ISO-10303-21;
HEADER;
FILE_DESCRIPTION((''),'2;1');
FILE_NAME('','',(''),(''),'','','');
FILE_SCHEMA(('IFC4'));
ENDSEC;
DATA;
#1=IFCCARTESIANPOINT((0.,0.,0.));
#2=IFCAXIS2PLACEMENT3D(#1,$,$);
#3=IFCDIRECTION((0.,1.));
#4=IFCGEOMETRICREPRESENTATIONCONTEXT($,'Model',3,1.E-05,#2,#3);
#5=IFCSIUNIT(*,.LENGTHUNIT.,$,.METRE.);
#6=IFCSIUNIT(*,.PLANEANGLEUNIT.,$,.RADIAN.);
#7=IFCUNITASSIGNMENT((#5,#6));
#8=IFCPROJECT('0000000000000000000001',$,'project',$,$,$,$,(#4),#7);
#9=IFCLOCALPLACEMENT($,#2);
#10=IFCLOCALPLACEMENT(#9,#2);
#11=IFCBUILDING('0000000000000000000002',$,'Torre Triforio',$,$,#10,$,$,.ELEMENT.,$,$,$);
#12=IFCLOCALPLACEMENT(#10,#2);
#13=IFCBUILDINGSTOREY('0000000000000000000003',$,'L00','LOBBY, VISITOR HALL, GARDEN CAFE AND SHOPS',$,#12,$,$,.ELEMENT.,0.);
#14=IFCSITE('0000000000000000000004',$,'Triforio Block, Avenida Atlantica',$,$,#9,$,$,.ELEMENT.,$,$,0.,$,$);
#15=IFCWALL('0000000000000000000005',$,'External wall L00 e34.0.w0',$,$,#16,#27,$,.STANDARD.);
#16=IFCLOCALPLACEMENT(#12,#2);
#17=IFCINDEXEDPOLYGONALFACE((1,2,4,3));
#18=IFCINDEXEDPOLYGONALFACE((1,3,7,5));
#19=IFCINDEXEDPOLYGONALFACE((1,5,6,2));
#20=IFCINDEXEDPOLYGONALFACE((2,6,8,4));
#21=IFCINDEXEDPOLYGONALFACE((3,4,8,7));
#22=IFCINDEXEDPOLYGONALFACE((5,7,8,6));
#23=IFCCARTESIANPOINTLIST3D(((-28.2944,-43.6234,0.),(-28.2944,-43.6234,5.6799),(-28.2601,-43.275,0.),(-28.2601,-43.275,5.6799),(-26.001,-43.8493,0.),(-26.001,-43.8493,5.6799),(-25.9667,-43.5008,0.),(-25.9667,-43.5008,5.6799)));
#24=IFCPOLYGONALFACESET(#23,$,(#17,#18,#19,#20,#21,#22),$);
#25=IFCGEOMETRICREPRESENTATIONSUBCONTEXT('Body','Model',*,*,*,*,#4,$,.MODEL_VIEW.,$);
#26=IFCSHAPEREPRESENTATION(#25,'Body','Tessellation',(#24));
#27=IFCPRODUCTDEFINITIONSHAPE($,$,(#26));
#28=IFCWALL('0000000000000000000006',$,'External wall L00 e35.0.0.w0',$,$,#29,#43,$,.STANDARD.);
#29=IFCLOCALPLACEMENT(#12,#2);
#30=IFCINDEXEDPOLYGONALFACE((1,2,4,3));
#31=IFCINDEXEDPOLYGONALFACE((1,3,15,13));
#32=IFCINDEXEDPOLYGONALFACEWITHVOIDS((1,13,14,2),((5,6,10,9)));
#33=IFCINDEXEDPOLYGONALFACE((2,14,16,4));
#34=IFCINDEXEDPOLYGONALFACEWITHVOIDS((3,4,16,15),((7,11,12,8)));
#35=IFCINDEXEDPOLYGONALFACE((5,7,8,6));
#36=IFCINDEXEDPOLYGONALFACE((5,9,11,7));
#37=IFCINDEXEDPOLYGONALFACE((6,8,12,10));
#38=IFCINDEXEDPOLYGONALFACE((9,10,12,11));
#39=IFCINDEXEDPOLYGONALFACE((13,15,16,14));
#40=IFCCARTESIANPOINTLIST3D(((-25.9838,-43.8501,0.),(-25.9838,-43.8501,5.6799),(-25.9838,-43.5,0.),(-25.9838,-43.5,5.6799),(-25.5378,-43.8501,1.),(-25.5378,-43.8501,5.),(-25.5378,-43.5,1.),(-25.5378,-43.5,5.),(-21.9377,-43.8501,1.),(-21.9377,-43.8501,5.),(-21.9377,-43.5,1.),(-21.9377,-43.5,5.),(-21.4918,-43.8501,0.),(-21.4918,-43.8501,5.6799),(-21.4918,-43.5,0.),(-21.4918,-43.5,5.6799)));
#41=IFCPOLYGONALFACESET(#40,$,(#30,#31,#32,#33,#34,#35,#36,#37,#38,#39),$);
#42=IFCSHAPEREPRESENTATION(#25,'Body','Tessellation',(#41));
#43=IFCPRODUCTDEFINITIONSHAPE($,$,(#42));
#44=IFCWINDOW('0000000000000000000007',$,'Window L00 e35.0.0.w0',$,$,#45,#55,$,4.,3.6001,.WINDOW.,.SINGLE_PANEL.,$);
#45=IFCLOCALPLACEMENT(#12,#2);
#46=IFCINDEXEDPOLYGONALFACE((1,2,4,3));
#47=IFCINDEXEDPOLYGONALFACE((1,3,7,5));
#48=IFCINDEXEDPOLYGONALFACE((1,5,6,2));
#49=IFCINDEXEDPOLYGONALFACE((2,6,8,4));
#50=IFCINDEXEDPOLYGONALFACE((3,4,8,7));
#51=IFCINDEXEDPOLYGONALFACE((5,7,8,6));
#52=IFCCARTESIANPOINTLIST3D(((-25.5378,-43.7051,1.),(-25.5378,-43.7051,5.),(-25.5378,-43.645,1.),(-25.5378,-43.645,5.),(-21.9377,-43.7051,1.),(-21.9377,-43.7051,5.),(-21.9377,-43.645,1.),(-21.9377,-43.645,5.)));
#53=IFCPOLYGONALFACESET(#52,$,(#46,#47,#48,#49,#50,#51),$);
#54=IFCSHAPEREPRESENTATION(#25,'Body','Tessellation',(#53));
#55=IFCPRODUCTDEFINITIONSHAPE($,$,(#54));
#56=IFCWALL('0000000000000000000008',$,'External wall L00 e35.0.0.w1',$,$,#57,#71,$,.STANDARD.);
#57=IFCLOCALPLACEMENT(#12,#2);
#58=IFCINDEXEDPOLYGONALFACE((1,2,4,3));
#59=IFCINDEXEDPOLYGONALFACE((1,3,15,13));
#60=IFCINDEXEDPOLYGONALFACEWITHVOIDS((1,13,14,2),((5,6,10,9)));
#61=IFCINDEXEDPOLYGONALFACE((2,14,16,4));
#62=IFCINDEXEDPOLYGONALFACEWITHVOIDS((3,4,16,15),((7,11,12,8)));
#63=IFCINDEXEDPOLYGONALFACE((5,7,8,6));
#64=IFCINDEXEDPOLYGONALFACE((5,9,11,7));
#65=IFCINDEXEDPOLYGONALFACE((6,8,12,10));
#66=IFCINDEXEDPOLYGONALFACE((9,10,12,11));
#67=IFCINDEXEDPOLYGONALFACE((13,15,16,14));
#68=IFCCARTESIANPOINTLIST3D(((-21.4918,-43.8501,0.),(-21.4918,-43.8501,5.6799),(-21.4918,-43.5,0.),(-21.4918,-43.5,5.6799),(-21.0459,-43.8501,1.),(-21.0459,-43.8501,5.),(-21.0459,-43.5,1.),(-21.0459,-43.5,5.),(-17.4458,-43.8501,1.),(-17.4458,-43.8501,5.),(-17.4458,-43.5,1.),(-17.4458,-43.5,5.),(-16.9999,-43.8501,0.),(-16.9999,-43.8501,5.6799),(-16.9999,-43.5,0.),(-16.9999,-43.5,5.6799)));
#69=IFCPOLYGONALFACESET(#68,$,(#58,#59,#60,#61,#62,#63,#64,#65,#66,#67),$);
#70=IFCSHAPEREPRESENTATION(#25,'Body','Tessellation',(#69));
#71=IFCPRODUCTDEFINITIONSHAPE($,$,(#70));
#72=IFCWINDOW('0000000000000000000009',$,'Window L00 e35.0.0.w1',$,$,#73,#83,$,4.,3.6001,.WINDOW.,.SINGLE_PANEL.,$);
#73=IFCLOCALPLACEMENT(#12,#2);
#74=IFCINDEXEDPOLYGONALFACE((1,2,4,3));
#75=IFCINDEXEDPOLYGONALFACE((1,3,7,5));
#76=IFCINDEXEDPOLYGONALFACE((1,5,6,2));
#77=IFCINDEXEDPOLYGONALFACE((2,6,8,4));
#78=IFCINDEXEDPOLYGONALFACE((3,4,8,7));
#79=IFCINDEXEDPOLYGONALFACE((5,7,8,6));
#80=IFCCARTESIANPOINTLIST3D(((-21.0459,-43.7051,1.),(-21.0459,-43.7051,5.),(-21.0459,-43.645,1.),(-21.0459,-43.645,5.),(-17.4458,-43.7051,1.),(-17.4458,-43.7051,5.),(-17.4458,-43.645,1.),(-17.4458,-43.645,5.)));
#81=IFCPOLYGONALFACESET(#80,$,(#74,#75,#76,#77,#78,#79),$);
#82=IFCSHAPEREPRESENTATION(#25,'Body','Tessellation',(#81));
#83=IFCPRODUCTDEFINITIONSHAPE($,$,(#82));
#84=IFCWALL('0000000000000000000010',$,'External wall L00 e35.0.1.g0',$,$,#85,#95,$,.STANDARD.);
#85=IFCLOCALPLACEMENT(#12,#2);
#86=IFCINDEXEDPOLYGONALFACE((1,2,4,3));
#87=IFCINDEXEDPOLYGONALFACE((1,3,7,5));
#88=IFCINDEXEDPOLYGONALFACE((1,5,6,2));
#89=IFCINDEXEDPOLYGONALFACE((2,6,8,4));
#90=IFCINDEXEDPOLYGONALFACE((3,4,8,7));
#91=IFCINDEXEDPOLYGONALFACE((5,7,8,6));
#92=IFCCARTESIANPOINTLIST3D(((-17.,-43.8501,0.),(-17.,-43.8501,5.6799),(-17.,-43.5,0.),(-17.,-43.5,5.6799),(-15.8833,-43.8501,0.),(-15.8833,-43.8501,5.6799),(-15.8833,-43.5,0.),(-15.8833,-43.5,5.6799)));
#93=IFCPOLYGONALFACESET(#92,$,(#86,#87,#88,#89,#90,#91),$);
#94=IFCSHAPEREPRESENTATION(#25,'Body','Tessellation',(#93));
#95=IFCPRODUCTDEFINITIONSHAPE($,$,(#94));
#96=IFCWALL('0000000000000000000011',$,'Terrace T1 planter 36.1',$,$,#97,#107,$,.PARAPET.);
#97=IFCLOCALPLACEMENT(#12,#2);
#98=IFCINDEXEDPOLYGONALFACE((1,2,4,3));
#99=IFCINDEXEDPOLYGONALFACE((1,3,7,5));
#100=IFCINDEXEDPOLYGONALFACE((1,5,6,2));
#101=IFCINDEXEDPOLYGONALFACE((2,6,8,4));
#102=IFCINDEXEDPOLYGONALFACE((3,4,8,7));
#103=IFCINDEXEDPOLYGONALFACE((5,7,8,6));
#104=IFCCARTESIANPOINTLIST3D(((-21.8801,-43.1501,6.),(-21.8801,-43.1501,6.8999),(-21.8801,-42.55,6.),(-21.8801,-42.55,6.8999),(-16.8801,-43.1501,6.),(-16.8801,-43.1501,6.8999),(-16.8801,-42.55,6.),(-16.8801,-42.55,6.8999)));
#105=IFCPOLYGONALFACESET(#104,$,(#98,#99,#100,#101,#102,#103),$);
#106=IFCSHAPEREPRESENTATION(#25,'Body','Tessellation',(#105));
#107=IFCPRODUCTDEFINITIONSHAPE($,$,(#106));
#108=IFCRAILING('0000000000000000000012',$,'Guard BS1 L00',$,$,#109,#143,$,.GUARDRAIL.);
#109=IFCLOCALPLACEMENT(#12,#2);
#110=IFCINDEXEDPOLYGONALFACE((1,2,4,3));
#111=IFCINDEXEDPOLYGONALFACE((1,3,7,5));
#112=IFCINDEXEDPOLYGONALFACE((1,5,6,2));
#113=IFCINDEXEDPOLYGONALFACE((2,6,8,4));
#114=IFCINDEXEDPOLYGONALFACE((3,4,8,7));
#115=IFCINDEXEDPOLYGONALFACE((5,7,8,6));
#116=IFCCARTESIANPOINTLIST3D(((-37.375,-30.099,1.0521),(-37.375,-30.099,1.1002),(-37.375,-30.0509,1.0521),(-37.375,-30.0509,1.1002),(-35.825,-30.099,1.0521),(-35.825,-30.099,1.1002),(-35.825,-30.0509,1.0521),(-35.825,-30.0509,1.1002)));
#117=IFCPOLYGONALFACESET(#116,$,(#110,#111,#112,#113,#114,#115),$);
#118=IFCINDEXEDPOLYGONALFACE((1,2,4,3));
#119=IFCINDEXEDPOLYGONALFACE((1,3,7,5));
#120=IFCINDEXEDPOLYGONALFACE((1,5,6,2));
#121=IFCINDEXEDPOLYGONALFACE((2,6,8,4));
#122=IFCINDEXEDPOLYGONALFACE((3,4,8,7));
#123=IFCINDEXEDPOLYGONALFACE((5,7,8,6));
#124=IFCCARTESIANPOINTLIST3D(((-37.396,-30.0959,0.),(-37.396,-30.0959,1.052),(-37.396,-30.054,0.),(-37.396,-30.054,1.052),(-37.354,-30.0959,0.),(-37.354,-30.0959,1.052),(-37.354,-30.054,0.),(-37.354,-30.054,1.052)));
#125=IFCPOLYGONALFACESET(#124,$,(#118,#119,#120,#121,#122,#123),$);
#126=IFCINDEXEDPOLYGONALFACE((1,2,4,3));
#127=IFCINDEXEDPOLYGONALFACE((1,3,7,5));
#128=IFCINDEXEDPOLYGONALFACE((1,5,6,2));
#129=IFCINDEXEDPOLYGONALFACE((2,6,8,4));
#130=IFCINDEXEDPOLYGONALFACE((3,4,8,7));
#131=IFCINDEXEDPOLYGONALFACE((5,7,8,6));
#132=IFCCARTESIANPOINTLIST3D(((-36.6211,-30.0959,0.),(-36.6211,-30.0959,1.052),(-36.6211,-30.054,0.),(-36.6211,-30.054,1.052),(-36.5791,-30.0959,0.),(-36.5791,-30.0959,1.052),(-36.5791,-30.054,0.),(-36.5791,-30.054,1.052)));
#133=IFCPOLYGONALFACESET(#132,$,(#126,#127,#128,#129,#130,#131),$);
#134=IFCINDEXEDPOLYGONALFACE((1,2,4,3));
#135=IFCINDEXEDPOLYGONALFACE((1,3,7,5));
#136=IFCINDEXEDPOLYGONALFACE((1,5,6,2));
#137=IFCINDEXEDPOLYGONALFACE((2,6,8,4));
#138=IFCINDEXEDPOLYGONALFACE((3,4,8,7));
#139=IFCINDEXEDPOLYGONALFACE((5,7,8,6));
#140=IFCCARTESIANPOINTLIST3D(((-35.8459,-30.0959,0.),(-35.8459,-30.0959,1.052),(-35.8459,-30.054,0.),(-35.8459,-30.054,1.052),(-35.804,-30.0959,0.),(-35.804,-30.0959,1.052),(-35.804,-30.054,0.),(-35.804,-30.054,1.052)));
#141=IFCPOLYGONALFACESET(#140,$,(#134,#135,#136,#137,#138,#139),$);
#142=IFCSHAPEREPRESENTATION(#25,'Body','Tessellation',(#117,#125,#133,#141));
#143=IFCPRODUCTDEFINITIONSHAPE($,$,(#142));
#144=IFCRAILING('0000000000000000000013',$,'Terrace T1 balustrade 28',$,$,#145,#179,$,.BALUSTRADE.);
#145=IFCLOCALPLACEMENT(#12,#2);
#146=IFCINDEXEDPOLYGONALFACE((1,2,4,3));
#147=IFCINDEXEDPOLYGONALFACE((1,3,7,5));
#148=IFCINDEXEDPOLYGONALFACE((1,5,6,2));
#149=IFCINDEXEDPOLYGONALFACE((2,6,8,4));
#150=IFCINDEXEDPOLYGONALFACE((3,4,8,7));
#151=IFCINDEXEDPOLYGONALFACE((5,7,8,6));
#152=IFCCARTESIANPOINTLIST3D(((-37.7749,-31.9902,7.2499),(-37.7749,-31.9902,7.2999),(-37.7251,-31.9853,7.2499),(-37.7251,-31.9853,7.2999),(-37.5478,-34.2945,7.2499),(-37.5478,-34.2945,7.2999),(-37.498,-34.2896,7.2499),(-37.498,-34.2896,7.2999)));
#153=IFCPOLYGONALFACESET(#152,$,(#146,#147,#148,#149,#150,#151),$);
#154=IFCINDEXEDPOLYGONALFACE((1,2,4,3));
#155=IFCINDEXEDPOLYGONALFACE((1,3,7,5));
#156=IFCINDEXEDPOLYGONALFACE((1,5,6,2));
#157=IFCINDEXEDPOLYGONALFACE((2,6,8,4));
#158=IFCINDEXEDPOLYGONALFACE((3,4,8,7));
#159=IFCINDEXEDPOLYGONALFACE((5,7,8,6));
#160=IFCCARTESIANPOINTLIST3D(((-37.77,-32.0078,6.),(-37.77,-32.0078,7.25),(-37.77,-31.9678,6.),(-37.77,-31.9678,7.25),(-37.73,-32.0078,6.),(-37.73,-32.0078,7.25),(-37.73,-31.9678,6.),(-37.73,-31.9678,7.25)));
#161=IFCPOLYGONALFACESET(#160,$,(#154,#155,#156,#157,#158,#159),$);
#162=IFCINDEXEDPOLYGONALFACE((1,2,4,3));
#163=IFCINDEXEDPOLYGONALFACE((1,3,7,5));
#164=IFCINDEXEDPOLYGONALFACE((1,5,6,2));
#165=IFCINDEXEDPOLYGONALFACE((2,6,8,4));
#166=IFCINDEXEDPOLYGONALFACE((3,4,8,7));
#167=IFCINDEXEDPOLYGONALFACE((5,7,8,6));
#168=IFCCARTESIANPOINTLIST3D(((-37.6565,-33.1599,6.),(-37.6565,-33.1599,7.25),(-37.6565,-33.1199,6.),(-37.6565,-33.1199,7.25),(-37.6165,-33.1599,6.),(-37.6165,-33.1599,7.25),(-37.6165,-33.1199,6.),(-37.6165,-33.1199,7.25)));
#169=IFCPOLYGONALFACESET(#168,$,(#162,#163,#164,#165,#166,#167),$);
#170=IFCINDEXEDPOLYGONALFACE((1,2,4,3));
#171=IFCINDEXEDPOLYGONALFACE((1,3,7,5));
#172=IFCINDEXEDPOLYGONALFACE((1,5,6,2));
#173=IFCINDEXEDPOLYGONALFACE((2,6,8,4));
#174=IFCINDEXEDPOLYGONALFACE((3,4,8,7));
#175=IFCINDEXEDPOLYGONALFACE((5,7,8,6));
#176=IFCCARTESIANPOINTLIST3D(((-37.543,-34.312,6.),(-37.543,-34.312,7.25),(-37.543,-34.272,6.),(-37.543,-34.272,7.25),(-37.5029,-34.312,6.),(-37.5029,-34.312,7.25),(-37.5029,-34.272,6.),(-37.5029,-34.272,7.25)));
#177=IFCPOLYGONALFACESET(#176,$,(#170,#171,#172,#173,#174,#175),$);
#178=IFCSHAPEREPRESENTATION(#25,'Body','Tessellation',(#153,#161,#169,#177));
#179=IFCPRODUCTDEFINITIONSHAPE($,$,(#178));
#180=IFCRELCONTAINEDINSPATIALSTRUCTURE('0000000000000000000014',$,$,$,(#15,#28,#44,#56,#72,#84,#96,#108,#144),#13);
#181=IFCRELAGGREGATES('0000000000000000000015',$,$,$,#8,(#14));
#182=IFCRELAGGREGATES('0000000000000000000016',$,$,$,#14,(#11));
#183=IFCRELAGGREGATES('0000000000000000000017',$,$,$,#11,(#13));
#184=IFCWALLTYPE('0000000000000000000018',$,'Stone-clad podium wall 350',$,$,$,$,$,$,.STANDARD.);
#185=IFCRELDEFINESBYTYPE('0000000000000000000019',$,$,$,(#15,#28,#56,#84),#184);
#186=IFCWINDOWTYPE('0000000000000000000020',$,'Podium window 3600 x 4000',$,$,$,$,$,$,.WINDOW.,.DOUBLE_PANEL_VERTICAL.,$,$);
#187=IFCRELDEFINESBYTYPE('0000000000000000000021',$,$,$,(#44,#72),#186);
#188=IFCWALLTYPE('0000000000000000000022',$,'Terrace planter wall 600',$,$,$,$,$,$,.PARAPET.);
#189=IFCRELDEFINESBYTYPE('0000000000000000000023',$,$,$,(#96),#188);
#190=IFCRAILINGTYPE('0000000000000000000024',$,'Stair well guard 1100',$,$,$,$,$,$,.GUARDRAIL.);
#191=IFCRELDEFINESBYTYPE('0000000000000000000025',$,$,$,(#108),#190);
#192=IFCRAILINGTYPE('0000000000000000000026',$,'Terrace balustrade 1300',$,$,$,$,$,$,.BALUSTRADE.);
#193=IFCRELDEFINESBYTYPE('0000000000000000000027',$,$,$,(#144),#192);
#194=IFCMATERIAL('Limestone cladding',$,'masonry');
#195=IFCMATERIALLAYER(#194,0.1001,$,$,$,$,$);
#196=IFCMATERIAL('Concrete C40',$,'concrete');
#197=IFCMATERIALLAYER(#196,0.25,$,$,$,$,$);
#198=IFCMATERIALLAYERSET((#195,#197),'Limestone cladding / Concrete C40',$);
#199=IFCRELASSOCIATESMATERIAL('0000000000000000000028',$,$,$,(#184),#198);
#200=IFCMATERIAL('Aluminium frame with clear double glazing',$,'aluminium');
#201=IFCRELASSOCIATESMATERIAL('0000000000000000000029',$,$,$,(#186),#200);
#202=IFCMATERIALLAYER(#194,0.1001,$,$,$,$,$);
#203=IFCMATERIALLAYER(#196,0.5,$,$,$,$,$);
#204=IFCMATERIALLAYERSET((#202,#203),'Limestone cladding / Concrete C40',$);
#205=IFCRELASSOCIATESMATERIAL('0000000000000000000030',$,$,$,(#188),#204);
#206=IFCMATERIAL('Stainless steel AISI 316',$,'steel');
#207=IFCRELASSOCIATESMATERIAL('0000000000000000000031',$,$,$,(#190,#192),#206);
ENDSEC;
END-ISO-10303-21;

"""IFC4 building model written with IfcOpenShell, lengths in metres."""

from ifc_helpers import new_model, si_unit, direction, frame, frame_2d, origin, origin_2d, place, context, subcontext, project, spatial, rectangle, extrude, material, layer, layer_set, type_object, element, fill, save


model = new_model("IFC4")

# Units and contexts
model_context = context("Model", 3, precision=1e-05, world=origin(), true_north=direction((0.0, 1.0)))
body_context = subcontext(model_context, "Body", "Model", "MODEL_VIEW")
ifc_project = project(units=[si_unit("LENGTHUNIT", "METRE"), si_unit("PLANEANGLEUNIT", "RADIAN")], contexts=[model_context])

# Site, building, storey
site_placement = place(None, origin())
site = spatial("IfcSite", under=ifc_project, at=site_placement, Name="Triforio Block, Avenida Atlantica", CompositionType="ELEMENT", RefElevation=0.0)
building_placement = place(site_placement, origin())
building = spatial("IfcBuilding", under=site, at=building_placement, Name="Torre Triforio", CompositionType="ELEMENT")
storey_placement = place(building_placement, origin())
storey = spatial("IfcBuildingStorey", under=building, at=storey_placement, Name="L00", Description="LOBBY, VISITOR HALL, GARDEN CAFE AND SHOPS", CompositionType="ELEMENT", Elevation=0.0)

# Wall
ifc_material_1 = material(Name="Concrete C40", Category="concrete")
ifc_material_2 = material(Name="Limestone cladding", Category="masonry")
ifc_layer_1 = layer(ifc_material_2, 0.1001)
ifc_layer_2 = layer(ifc_material_1, 0.25)
ifc_layer_set_1 = layer_set([ifc_layer_1, ifc_layer_2], Name="Limestone cladding / Concrete C40")
wall_type_1 = type_object("IfcWallType", Name="Stone-clad podium wall 350", PredefinedType="STANDARD", material=ifc_layer_set_1)
wall_1_placement = place(storey_placement, frame((-28.2773, -43.4492, 0.0), z_axis=(0.0, 0.0, 1.0), x_axis=(0.995187, -0.097993, 0.0)))
element("IfcWall", 1, at=wall_1_placement, inside=storey, type_object=wall_type_1, Name="External wall L00 e34.0.w0", PredefinedType="STANDARD", context=body_context, shape_type="SweptSolid", body=[
    extrude(rectangle(XDim=2.3044, YDim=0.3501, at=frame_2d((1.1523, 0.0))), origin(), (0.0, 0.0, 1.0), 5.6799),
])

# Walls, openings, windows
wall_2_placement = place(storey_placement, frame((-25.9839, -43.675, 0.0), z_axis=(0.0, 0.0, 1.0), x_axis=(1.0, 0.0, 0.0)))
wall_2 = element("IfcWall", 2, at=wall_2_placement, inside=storey, type_object=wall_type_1, Name="External wall L00 e35.0.0.w0", PredefinedType="STANDARD", context=body_context, shape_type="SweptSolid", body=[
    extrude(rectangle(XDim=4.4919, YDim=0.3501, at=frame_2d((2.2461, 0.0))), origin(), (0.0, 0.0, 1.0), 5.6799),
])
opening_1_placement = place(wall_2_placement, frame((0.446, 0.0, 1.0)))
opening_1 = element("IfcOpeningElement", 3, at=opening_1_placement, cuts=wall_2, PredefinedType="OPENING", context=body_context, shape_type="SweptSolid", body=[
    extrude(rectangle(XDim=3.6001, YDim=4.0, at=frame_2d((1.8, 2.0))), frame((0.0, 0.1851, 0.0), z_axis=(0.0, -1.0, 0.0), x_axis=(1.0, 0.0, 0.0)), (0.0, 0.0, 1.0), 0.3701),
])
ifc_material_3 = material(Name="Aluminium frame with clear double glazing", Category="aluminium")
window_type = type_object("IfcWindowType", Name="Podium window 3600 x 4000", PartitioningType="DOUBLE_PANEL_VERTICAL", PredefinedType="WINDOW", material=ifc_material_3)
window_1_placement = place(opening_1_placement, origin())
window_1 = element("IfcWindow", 4, at=window_1_placement, inside=storey, type_object=window_type, Name="Window L00 e35.0.0.w0", OverallHeight=4.0, OverallWidth=3.6001, PartitioningType="SINGLE_PANEL", PredefinedType="WINDOW", context=body_context, shape_type="SweptSolid", body=[
    extrude(rectangle(XDim=3.6001, YDim=4.0, at=frame_2d((1.8, 2.0))), frame((0.0, 0.03, 0.0), z_axis=(0.0, -1.0, 0.0), x_axis=(1.0, 0.0, 0.0)), (0.0, 0.0, 1.0), 0.0601),
])
fill(opening_1, window_1)
wall_3_placement = place(storey_placement, frame((-21.4919, -43.675, 0.0), z_axis=(0.0, 0.0, 1.0), x_axis=(1.0, 0.0, 0.0)))
wall_3 = element("IfcWall", 5, at=wall_3_placement, inside=storey, type_object=wall_type_1, Name="External wall L00 e35.0.0.w1", PredefinedType="STANDARD", context=body_context, shape_type="SweptSolid", body=[
    extrude(rectangle(XDim=4.4919, YDim=0.3501, at=frame_2d((2.2461, 0.0))), origin(), (0.0, 0.0, 1.0), 5.6799),
])
opening_2_placement = place(wall_3_placement, frame((0.446, 0.0, 1.0)))
opening_2 = element("IfcOpeningElement", 6, at=opening_2_placement, cuts=wall_3, PredefinedType="OPENING", context=body_context, shape_type="SweptSolid", body=[
    extrude(rectangle(XDim=3.6001, YDim=4.0, at=frame_2d((1.8, 2.0))), frame((0.0, 0.1851, 0.0), z_axis=(0.0, -1.0, 0.0), x_axis=(1.0, 0.0, 0.0)), (0.0, 0.0, 1.0), 0.3701),
])
window_2_placement = place(opening_2_placement, origin())
window_2 = element("IfcWindow", 7, at=window_2_placement, inside=storey, type_object=window_type, Name="Window L00 e35.0.0.w1", OverallHeight=4.0, OverallWidth=3.6001, PartitioningType="SINGLE_PANEL", PredefinedType="WINDOW", context=body_context, shape_type="SweptSolid", body=[
    extrude(rectangle(XDim=3.6001, YDim=4.0, at=frame_2d((1.8, 2.0))), frame((0.0, 0.03, 0.0), z_axis=(0.0, -1.0, 0.0), x_axis=(1.0, 0.0, 0.0)), (0.0, 0.0, 1.0), 0.0601),
])
fill(opening_2, window_2)

# Walls
wall_4_placement = place(storey_placement, frame((-17.0, -43.675, 0.0), z_axis=(0.0, 0.0, 1.0), x_axis=(1.0, 0.0, 0.0)))
element("IfcWall", 8, at=wall_4_placement, inside=storey, type_object=wall_type_1, Name="External wall L00 e35.0.1.g0", PredefinedType="STANDARD", context=body_context, shape_type="SweptSolid", body=[
    extrude(rectangle(XDim=1.1167, YDim=0.3501, at=frame_2d((0.5583, 0.0))), origin(), (0.0, 0.0, 1.0), 5.6799),
])
ifc_layer_3 = layer(ifc_material_2, 0.1001)
ifc_layer_4 = layer(ifc_material_1, 0.5)
ifc_layer_set_2 = layer_set([ifc_layer_3, ifc_layer_4], Name="Limestone cladding / Concrete C40")
wall_type_2 = type_object("IfcWallType", Name="Terrace planter wall 600", PredefinedType="PARAPET", material=ifc_layer_set_2)
wall_5_placement = place(storey_placement, frame((-21.8801, -42.8501, 6.0), z_axis=(0.0, 0.0, 1.0), x_axis=(1.0, 0.0, 0.0)))
element("IfcWall", 9, at=wall_5_placement, inside=storey, type_object=wall_type_2, Name="Terrace T1 planter 36.1", PredefinedType="PARAPET", context=body_context, shape_type="SweptSolid", body=[
    extrude(rectangle(XDim=5.0, YDim=0.6001, at=frame_2d((2.5, 0.0))), origin(), (0.0, 0.0, 1.0), 0.8999),
])

# Railings
ifc_material_4 = material(Name="Stainless steel AISI 316", Category="steel")
railing_type_1 = type_object("IfcRailingType", Name="Stair well guard 1100", PredefinedType="GUARDRAIL", material=ifc_material_4)
railing_1_placement = place(storey_placement, frame((-37.375, -30.075, 0.0)))
element("IfcRailing", 10, at=railing_1_placement, inside=storey, type_object=railing_type_1, Name="Guard BS1 L00", PredefinedType="GUARDRAIL", context=body_context, shape_type="SweptSolid", body=[
    extrude(rectangle(XDim=0.0481, YDim=0.0481, at=origin_2d()), frame((0.0, 0.0, 1.0762), z_axis=(1.0, 0.0, 0.0), x_axis=(0.0, 1.0, 0.0)), (0.0, 0.0, 1.0), 1.55),
    extrude(rectangle(XDim=0.042, YDim=0.042, at=origin_2d()), origin(), (0.0, 0.0, 1.0), 1.052),
    extrude(rectangle(XDim=0.042, YDim=0.042, at=origin_2d()), frame((0.7749, 0.0, 0.0)), (0.0, 0.0, 1.0), 1.052),
    extrude(rectangle(XDim=0.042, YDim=0.042, at=origin_2d()), frame((1.55, 0.0, 0.0)), (0.0, 0.0, 1.0), 1.052),
])
railing_type_2 = type_object("IfcRailingType", Name="Terrace balustrade 1300", PredefinedType="BALUSTRADE", material=ifc_material_4)
railing_2_placement = place(storey_placement, frame((-37.75, -31.9878, 6.0)))
element("IfcRailing", 11, at=railing_2_placement, inside=storey, type_object=railing_type_2, Name="Terrace T1 balustrade 28", PredefinedType="BALUSTRADE", context=body_context, shape_type="SweptSolid", body=[
    extrude(rectangle(XDim=0.05, YDim=0.05, at=origin_2d()), frame((0.0, 0.0, 1.2749), z_axis=(0.098063, -0.99518, 0.0), x_axis=(0.99518, 0.098063, 0.0)), (0.0, 0.0, 1.0), 2.3154),
    extrude(rectangle(XDim=0.04, YDim=0.04, at=origin_2d()), origin(), (0.0, 0.0, 1.0), 1.25),
    extrude(rectangle(XDim=0.04, YDim=0.04, at=origin_2d()), frame((0.1135, -1.1521, 0.0)), (0.0, 0.0, 1.0), 1.25),
    extrude(rectangle(XDim=0.04, YDim=0.04, at=origin_2d()), frame((0.2271, -2.3042, 0.0)), (0.0, 0.0, 1.0), 1.25),
])

save(model, "model.ifc")
